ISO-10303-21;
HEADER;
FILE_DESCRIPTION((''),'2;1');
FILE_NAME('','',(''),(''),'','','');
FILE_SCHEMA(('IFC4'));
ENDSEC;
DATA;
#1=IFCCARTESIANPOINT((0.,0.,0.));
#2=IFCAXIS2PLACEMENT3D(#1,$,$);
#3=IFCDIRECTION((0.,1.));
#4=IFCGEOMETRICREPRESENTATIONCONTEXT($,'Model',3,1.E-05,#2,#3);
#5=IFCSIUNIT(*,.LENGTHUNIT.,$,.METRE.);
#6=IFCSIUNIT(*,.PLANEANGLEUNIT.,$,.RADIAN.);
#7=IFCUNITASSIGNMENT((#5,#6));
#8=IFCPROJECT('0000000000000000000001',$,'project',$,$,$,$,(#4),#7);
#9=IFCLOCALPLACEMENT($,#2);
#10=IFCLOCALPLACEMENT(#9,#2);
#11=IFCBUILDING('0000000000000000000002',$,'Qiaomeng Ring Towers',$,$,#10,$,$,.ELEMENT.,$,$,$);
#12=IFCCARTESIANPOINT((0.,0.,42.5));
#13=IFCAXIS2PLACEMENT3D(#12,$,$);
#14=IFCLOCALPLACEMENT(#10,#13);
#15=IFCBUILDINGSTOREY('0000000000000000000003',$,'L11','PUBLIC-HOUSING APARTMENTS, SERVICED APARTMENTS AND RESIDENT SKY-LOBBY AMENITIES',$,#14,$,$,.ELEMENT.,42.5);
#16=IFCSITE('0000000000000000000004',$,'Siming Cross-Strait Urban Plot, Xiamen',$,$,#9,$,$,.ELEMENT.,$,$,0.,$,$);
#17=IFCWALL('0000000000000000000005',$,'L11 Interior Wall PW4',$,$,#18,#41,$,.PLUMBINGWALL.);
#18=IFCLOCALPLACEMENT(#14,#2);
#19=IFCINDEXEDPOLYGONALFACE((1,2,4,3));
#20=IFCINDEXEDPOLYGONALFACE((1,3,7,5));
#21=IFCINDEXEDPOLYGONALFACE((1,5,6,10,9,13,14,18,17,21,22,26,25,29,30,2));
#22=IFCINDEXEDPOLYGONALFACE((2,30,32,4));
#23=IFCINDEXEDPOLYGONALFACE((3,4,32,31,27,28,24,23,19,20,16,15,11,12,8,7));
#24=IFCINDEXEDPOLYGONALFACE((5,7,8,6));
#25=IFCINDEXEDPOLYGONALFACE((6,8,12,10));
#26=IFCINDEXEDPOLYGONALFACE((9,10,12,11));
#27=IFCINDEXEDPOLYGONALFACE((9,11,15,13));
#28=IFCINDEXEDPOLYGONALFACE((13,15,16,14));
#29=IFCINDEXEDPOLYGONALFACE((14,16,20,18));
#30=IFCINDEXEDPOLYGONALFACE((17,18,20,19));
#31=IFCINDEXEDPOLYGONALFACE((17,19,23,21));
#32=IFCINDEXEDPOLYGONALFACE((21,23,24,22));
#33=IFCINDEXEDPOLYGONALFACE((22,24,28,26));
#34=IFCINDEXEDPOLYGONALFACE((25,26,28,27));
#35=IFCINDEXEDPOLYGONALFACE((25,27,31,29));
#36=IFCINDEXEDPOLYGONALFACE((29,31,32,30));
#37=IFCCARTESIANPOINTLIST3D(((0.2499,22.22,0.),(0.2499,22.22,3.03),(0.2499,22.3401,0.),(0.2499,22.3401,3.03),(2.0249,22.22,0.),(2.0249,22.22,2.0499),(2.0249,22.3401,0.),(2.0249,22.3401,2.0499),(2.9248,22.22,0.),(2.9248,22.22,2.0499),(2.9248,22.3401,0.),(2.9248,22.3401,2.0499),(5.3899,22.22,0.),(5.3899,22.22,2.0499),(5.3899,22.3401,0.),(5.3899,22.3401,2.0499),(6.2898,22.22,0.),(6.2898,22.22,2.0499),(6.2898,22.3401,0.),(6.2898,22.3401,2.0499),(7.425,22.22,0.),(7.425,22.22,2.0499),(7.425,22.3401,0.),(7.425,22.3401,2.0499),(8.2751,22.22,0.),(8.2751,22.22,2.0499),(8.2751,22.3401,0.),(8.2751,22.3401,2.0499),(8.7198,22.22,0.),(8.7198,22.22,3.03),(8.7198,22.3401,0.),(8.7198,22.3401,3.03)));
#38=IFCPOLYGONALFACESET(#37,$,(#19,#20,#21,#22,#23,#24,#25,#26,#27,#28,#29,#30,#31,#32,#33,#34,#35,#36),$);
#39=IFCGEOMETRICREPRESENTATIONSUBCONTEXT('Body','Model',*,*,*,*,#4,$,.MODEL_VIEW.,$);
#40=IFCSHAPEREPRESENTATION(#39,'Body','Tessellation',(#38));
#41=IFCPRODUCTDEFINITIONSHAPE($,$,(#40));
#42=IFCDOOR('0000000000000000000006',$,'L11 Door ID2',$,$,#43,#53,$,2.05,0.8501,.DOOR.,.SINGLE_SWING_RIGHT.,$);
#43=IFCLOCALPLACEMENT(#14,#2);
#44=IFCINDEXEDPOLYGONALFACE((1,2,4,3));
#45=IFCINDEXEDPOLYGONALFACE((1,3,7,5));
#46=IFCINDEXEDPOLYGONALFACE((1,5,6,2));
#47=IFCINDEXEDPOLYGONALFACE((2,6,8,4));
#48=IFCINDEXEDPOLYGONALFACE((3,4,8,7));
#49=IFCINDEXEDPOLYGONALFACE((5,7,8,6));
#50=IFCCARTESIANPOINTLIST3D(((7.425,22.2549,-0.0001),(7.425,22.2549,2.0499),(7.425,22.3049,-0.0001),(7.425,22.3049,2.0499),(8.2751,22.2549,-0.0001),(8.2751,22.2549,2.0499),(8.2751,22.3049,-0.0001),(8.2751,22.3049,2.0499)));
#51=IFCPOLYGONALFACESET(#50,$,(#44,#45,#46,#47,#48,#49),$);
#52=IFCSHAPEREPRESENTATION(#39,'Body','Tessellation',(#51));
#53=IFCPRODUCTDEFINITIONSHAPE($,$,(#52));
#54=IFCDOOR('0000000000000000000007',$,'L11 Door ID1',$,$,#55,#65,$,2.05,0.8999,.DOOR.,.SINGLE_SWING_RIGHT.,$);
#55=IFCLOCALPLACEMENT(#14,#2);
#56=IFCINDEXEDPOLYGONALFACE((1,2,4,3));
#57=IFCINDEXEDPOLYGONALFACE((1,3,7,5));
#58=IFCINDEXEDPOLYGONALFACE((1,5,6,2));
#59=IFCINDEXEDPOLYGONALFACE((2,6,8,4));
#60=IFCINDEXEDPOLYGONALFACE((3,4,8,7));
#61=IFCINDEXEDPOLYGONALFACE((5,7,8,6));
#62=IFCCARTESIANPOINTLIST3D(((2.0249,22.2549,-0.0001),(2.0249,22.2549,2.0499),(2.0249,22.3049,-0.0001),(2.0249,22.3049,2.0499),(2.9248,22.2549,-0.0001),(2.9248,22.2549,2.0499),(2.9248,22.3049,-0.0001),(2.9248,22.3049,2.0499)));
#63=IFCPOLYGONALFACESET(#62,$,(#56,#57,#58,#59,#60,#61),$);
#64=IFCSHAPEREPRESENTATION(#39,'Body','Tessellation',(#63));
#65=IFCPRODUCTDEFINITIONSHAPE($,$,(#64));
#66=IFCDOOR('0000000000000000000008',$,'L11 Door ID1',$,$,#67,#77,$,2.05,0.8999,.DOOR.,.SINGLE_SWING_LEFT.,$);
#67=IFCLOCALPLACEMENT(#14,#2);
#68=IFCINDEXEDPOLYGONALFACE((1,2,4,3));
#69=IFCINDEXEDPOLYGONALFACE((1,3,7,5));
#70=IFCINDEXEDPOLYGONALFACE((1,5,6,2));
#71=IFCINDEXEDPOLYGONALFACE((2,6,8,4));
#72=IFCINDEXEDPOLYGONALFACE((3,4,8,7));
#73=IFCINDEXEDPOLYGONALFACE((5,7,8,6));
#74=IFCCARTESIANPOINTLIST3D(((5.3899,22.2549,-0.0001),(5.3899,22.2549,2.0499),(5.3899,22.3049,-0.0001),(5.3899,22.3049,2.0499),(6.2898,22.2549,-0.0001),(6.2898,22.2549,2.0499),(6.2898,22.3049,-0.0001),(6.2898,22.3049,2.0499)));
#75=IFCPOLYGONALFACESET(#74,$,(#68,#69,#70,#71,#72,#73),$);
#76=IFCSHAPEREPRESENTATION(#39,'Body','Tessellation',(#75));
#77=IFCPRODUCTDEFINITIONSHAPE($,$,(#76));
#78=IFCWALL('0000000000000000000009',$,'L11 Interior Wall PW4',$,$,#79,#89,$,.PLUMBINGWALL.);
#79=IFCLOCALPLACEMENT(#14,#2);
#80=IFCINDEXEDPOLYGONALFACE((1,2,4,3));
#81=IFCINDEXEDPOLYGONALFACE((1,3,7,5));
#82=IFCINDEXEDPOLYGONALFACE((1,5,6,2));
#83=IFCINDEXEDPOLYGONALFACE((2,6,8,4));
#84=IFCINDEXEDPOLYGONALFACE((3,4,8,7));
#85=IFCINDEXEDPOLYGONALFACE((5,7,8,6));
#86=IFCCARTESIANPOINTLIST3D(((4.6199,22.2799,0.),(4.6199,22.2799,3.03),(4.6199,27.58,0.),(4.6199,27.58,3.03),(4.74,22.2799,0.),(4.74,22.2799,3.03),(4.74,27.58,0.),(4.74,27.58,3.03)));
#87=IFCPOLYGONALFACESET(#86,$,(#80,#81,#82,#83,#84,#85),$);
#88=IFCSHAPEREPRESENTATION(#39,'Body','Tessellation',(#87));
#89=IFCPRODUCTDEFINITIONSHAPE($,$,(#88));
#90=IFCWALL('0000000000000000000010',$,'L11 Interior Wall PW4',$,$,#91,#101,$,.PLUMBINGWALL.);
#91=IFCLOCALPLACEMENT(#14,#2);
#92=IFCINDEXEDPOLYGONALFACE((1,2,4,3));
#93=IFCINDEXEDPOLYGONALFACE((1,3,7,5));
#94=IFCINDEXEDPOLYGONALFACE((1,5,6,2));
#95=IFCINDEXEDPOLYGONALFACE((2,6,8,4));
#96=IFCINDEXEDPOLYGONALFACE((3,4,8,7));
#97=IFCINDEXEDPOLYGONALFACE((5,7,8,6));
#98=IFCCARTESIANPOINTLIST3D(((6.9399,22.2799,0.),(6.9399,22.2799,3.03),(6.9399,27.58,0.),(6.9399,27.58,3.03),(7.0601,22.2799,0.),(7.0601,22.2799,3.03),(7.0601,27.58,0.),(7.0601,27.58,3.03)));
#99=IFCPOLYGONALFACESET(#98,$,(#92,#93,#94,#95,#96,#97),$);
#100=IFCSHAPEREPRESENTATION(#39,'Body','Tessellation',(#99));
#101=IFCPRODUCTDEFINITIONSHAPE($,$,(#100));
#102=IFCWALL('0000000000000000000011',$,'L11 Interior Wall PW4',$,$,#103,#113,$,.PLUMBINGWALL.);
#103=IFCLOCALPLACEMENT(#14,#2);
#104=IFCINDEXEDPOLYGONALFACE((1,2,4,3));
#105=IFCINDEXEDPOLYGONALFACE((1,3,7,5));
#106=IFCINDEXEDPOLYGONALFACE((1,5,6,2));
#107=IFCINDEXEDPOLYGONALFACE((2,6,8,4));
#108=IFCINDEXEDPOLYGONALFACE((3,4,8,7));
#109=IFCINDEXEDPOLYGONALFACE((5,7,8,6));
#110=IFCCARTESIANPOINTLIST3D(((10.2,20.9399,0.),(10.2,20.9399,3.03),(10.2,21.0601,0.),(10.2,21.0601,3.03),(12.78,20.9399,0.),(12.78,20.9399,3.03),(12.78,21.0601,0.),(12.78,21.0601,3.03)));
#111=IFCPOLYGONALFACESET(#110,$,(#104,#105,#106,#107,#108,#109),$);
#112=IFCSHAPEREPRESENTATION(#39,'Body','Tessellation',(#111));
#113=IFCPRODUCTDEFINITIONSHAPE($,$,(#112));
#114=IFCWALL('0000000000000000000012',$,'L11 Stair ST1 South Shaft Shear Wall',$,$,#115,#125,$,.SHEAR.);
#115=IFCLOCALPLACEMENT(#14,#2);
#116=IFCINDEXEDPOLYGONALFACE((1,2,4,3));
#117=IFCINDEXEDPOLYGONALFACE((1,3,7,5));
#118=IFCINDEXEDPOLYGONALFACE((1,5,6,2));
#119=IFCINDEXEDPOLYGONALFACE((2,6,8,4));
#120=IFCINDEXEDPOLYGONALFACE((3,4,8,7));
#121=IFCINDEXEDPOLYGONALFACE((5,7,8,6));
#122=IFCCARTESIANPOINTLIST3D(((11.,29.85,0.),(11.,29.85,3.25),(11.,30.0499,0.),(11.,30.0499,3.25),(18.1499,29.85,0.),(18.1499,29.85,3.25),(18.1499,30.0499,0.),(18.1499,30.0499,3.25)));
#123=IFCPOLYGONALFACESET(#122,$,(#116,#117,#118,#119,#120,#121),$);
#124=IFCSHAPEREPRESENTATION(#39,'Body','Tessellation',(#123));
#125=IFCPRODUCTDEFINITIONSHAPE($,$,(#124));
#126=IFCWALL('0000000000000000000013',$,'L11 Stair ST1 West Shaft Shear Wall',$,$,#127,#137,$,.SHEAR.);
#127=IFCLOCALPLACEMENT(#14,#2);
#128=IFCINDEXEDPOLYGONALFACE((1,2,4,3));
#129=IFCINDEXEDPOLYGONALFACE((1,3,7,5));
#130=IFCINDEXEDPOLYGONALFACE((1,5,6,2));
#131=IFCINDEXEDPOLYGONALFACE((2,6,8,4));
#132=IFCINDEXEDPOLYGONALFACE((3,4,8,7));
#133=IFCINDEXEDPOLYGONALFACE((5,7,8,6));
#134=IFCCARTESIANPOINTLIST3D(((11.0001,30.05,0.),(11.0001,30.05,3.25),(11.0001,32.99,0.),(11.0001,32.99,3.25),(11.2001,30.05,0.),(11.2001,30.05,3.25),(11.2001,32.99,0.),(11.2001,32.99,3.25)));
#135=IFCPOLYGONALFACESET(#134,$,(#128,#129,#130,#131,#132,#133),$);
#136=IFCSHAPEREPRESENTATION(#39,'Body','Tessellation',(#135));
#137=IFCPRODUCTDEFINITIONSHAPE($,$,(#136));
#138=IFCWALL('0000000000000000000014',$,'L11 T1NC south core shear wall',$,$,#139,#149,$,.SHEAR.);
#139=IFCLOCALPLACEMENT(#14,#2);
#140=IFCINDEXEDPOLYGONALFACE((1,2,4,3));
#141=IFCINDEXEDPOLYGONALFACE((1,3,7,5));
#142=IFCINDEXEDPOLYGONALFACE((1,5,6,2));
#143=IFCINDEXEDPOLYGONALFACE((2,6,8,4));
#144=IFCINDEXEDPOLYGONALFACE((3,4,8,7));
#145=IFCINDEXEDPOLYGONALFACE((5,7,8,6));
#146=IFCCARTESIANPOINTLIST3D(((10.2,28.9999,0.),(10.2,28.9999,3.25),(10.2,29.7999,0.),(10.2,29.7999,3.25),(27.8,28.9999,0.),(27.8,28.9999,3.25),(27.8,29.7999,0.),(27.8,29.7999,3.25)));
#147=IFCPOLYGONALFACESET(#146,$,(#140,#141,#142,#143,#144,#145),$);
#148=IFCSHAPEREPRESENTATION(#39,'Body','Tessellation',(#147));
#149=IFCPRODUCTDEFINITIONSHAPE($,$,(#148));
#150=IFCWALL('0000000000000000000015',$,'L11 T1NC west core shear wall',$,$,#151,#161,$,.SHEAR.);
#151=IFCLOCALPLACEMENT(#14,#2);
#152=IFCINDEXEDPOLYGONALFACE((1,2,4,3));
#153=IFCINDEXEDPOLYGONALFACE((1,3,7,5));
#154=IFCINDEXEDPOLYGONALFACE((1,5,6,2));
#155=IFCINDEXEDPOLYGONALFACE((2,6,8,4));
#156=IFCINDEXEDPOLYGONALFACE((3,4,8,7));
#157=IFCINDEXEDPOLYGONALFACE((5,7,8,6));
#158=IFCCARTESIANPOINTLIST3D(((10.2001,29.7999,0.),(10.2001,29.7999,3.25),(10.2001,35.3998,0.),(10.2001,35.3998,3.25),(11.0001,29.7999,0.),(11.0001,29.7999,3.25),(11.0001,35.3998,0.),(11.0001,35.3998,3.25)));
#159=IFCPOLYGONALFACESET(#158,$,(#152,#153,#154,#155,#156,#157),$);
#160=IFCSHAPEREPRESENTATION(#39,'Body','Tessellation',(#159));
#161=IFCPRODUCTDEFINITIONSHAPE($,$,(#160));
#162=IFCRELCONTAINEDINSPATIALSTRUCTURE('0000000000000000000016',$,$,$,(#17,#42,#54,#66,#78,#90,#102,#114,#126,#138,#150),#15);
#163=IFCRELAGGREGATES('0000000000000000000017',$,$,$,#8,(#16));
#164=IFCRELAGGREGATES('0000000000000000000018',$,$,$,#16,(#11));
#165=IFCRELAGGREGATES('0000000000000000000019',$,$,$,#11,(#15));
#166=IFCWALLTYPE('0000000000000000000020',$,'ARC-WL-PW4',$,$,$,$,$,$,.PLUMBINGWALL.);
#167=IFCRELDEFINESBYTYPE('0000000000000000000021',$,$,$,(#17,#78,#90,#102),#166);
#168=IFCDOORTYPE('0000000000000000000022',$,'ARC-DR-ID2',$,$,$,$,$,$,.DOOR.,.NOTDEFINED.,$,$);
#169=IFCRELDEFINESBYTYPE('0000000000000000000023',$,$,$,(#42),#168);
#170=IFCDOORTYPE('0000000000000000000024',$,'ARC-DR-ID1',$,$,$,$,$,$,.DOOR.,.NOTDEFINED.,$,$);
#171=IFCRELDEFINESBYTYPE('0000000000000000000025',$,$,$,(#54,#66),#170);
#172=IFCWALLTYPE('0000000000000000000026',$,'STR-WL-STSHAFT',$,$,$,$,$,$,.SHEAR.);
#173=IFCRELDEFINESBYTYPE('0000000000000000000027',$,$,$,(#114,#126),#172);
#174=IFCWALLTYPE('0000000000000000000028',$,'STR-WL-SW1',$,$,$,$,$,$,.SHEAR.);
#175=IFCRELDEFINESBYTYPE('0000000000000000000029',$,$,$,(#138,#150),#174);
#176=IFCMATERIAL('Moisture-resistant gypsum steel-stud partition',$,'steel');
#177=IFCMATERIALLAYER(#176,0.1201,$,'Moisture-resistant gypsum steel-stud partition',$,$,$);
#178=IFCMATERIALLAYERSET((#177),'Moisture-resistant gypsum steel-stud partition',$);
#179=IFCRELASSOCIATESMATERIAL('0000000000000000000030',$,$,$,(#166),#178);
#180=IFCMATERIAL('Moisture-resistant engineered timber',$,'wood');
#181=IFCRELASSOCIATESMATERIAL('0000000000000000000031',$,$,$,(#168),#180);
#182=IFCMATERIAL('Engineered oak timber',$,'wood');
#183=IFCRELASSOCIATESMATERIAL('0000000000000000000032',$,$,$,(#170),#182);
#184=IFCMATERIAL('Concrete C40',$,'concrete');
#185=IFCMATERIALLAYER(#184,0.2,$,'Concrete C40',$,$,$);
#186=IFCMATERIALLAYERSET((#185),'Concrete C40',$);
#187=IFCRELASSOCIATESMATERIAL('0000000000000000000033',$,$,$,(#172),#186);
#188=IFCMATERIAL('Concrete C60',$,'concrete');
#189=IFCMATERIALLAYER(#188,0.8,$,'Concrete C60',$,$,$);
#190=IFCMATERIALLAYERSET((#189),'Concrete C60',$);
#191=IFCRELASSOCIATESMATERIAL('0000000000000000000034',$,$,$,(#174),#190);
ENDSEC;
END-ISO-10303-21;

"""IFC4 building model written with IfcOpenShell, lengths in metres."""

from ifc_helpers import new_model, si_unit, direction, frame, frame_2d, origin, place, context, subcontext, project, spatial, rectangle, extrude, source, transform, mapped, material, layer, layer_set, type_object, element, fill, save


model = new_model("IFC4")

# Units and contexts
model_context = context("Model", 3, precision=1e-05, world=origin(), true_north=direction((0.0, 1.0)))
body_context = subcontext(model_context, "Body", "Model", "MODEL_VIEW")
ifc_project = project(units=[si_unit("LENGTHUNIT", "METRE"), si_unit("PLANEANGLEUNIT", "RADIAN")], contexts=[model_context])

# Site, building, storey
site_placement = place(None, origin())
site = spatial("IfcSite", under=ifc_project, at=site_placement, Name="Siming Cross-Strait Urban Plot, Xiamen", CompositionType="ELEMENT", RefElevation=0.0)
building_placement = place(site_placement, origin())
building = spatial("IfcBuilding", under=site, at=building_placement, Name="Qiaomeng Ring Towers", CompositionType="ELEMENT")
storey_placement = place(building_placement, frame((0.0, 0.0, 42.5)))
storey = spatial("IfcBuildingStorey", under=building, at=storey_placement, Name="L11", Description="PUBLIC-HOUSING APARTMENTS, SERVICED APARTMENTS AND RESIDENT SKY-LOBBY AMENITIES", CompositionType="ELEMENT", Elevation=42.5)

# Shared definitions
ifc_material_1 = material(Name="Concrete C60", Category="concrete")

# Wall, openings, doors
ifc_material_2 = material(Name="Moisture-resistant gypsum steel-stud partition", Category="steel")
ifc_layer_1 = layer(ifc_material_2, 0.1201, Name="Moisture-resistant gypsum steel-stud partition")
ifc_layer_set_1 = layer_set([ifc_layer_1], Name="Moisture-resistant gypsum steel-stud partition")
wall_type_1 = type_object("IfcWallType", Name="ARC-WL-PW4", PredefinedType="PLUMBINGWALL", material=ifc_layer_set_1)
wall_1_placement = place(storey_placement, frame((0.25, 22.28, 0.0), z_axis=(0.0, 0.0, 1.0), x_axis=(1.0, 0.0, 0.0)))
wall_1 = element("IfcWall", 1, at=wall_1_placement, inside=storey, type_object=wall_type_1, Name="L11 Interior Wall PW4", PredefinedType="PLUMBINGWALL", context=body_context, shape_type="SweptSolid", body=[
    extrude(rectangle(XDim=8.47, YDim=0.1201, at=frame_2d((4.2349, 0.0))), origin(), (0.0, 0.0, 1.0), 3.03),
])
opening_1_placement = place(wall_1_placement, frame((1.7749, 0.0, 0.0)))
opening_1 = element("IfcOpeningElement", 2, at=opening_1_placement, cuts=wall_1, PredefinedType="OPENING", context=body_context, shape_type="SweptSolid", body=[
    extrude(rectangle(XDim=0.8999, YDim=2.05, at=frame_2d((0.45, 1.0249))), frame((0.0, 0.0701, 0.0), z_axis=(0.0, -1.0, 0.0), x_axis=(1.0, 0.0, 0.0)), (0.0, 0.0, 1.0), 0.1401),
])
opening_2_placement = place(wall_1_placement, frame((5.1399, 0.0, 0.0)))
opening_2 = element("IfcOpeningElement", 3, at=opening_2_placement, cuts=wall_1, PredefinedType="OPENING", context=body_context, shape_type="SweptSolid", body=[
    extrude(rectangle(XDim=0.8999, YDim=2.05, at=frame_2d((0.45, 1.0249))), frame((0.0, 0.0701, 0.0), z_axis=(0.0, -1.0, 0.0), x_axis=(1.0, 0.0, 0.0)), (0.0, 0.0, 1.0), 0.1401),
])
opening_3_placement = place(wall_1_placement, frame((7.175, 0.0, 0.0)))
opening_3 = element("IfcOpeningElement", 4, at=opening_3_placement, cuts=wall_1, PredefinedType="OPENING", context=body_context, shape_type="SweptSolid", body=[
    extrude(rectangle(XDim=0.8501, YDim=2.05, at=frame_2d((0.425, 1.0249))), frame((0.0, 0.0701, 0.0), z_axis=(0.0, -1.0, 0.0), x_axis=(1.0, 0.0, 0.0)), (0.0, 0.0, 1.0), 0.1401),
])
ifc_material_3 = material(Name="Moisture-resistant engineered timber", Category="wood")
door_type_1 = type_object("IfcDoorType", Name="ARC-DR-ID2", OperationType="NOTDEFINED", PredefinedType="DOOR", material=ifc_material_3)
shared_shape_1 = source(origin(), body_context, "Body", "SweptSolid", [
    extrude(rectangle(XDim=0.8501, YDim=2.05, at=frame_2d((0.425, 1.0249))), frame((0.0, 0.0249, 0.0), z_axis=(0.0, -1.0, 0.0), x_axis=(1.0, 0.0, 0.0)), (0.0, 0.0, 1.0), 0.05),
])
door_1_placement = place(opening_3_placement, origin())
door_1 = element("IfcDoor", 5, at=door_1_placement, inside=storey, type_object=door_type_1, Name="L11 Door ID2", OperationType="SINGLE_SWING_RIGHT", OverallHeight=2.05, OverallWidth=0.8501, PredefinedType="DOOR", context=body_context, shape_type="MappedRepresentation", body=[
    mapped(shared_shape_1, transform((0.0, 0.0, 0.0), x_axis=(1.0, 0.0, 0.0), y_axis=(0.0, 1.0, 0.0), z_axis=(0.0, 0.0, 1.0), scale=1.0)),
])
fill(opening_3, door_1)
ifc_material_4 = material(Name="Engineered oak timber", Category="wood")
door_type_2 = type_object("IfcDoorType", Name="ARC-DR-ID1", OperationType="NOTDEFINED", PredefinedType="DOOR", material=ifc_material_4)
shared_shape_2 = source(origin(), body_context, "Body", "SweptSolid", [
    extrude(rectangle(XDim=0.8999, YDim=2.05, at=frame_2d((0.45, 1.0249))), frame((0.0, 0.0249, 0.0), z_axis=(0.0, -1.0, 0.0), x_axis=(1.0, 0.0, 0.0)), (0.0, 0.0, 1.0), 0.05),
])
door_2_placement = place(opening_1_placement, origin())
door_2 = element("IfcDoor", 6, at=door_2_placement, inside=storey, type_object=door_type_2, Name="L11 Door ID1", OperationType="SINGLE_SWING_RIGHT", OverallHeight=2.05, OverallWidth=0.8999, PredefinedType="DOOR", context=body_context, shape_type="MappedRepresentation", body=[
    mapped(shared_shape_2, transform((0.0, 0.0, 0.0), x_axis=(1.0, 0.0, 0.0), y_axis=(0.0, 1.0, 0.0), z_axis=(0.0, 0.0, 1.0), scale=1.0)),
])
fill(opening_1, door_2)
door_3_placement = place(opening_2_placement, origin())
door_3 = element("IfcDoor", 7, at=door_3_placement, inside=storey, type_object=door_type_2, Name="L11 Door ID1", OperationType="SINGLE_SWING_LEFT", OverallHeight=2.05, OverallWidth=0.8999, PredefinedType="DOOR", context=body_context, shape_type="MappedRepresentation", body=[
    mapped(shared_shape_2, transform((0.0, 0.0, 0.0), x_axis=(1.0, 0.0, 0.0), y_axis=(0.0, 1.0, 0.0), z_axis=(0.0, 0.0, 1.0), scale=1.0)),
])
fill(opening_2, door_3)

# Walls
for number, where, z_axis, x_axis, name in (
    (8, (4.6799, 22.28, 0.0), (0.0, 0.0, 1.0), (0.0, 1.0, 0.0), "L11 Interior Wall PW4"),
    (9, (7.0, 22.28, 0.0), (0.0, 0.0, 1.0), (0.0, 1.0, 0.0), "L11 Interior Wall PW4"),
):
    element("IfcWall", number, at=place(storey_placement, frame(where, z_axis=z_axis, x_axis=x_axis)), inside=storey, type_object=wall_type_1, Name=name, PredefinedType="PLUMBINGWALL", context=body_context, shape_type="SweptSolid", body=[
        extrude(rectangle(XDim=5.3, YDim=0.1201, at=frame_2d((2.6499, 0.0))), origin(), (0.0, 0.0, 1.0), 3.03),
    ])
wall_2_placement = place(storey_placement, frame((10.2, 21.0, 0.0), z_axis=(0.0, 0.0, 1.0), x_axis=(1.0, 0.0, 0.0)))
element("IfcWall", 10, at=wall_2_placement, inside=storey, type_object=wall_type_1, Name="L11 Interior Wall PW4", PredefinedType="PLUMBINGWALL", context=body_context, shape_type="SweptSolid", body=[
    extrude(rectangle(XDim=2.5801, YDim=0.1201, at=frame_2d((1.29, 0.0))), origin(), (0.0, 0.0, 1.0), 3.03),
])
ifc_material_5 = material(Name="Concrete C40", Category="concrete")
ifc_layer_2 = layer(ifc_material_5, 0.2, Name="Concrete C40")
ifc_layer_set_2 = layer_set([ifc_layer_2], Name="Concrete C40")
wall_type_2 = type_object("IfcWallType", Name="STR-WL-STSHAFT", PredefinedType="SHEAR", material=ifc_layer_set_2)
wall_3_placement = place(storey_placement, frame((11.0, 29.95, 0.0), z_axis=(0.0, 0.0, 1.0), x_axis=(1.0, 0.0, 0.0)))
element("IfcWall", 11, at=wall_3_placement, inside=storey, type_object=wall_type_2, Name="L11 Stair ST1 South Shaft Shear Wall", PredefinedType="SHEAR", context=body_context, shape_type="SweptSolid", body=[
    extrude(rectangle(XDim=7.1499, YDim=0.2, at=frame_2d((3.575, 0.0))), origin(), (0.0, 0.0, 1.0), 3.25),
])
wall_4_placement = place(storey_placement, frame((11.1001, 30.05, 0.0), z_axis=(0.0, 0.0, 1.0), x_axis=(0.0, 1.0, 0.0)))
element("IfcWall", 12, at=wall_4_placement, inside=storey, type_object=wall_type_2, Name="L11 Stair ST1 West Shaft Shear Wall", PredefinedType="SHEAR", context=body_context, shape_type="SweptSolid", body=[
    extrude(rectangle(XDim=2.9399, YDim=0.2, at=frame_2d((1.47, 0.0))), origin(), (0.0, 0.0, 1.0), 3.25),
])
ifc_layer_3 = layer(ifc_material_1, 0.8, Name="Concrete C60")
ifc_layer_set_3 = layer_set([ifc_layer_3], Name="Concrete C60")
wall_type_3 = type_object("IfcWallType", Name="STR-WL-SW1", PredefinedType="SHEAR", material=ifc_layer_set_3)
wall_5_placement = place(storey_placement, frame((10.2, 29.3999, 0.0), z_axis=(0.0, 0.0, 1.0), x_axis=(1.0, 0.0, 0.0)))
element("IfcWall", 13, at=wall_5_placement, inside=storey, type_object=wall_type_3, Name="L11 T1NC south core shear wall", PredefinedType="SHEAR", context=body_context, shape_type="SweptSolid", body=[
    extrude(rectangle(XDim=17.6001, YDim=0.8, at=frame_2d((8.8, 0.0))), origin(), (0.0, 0.0, 1.0), 3.25),
])
wall_6_placement = place(storey_placement, frame((10.6001, 29.8, 0.0), z_axis=(0.0, 0.0, 1.0), x_axis=(0.0, 1.0, 0.0)))
element("IfcWall", 14, at=wall_6_placement, inside=storey, type_object=wall_type_3, Name="L11 T1NC west core shear wall", PredefinedType="SHEAR", context=body_context, shape_type="SweptSolid", body=[
    extrude(rectangle(XDim=5.5999, YDim=0.8, at=frame_2d((2.7998, 0.0))), origin(), (0.0, 0.0, 1.0), 3.25),
])

save(model, "model.ifc")
